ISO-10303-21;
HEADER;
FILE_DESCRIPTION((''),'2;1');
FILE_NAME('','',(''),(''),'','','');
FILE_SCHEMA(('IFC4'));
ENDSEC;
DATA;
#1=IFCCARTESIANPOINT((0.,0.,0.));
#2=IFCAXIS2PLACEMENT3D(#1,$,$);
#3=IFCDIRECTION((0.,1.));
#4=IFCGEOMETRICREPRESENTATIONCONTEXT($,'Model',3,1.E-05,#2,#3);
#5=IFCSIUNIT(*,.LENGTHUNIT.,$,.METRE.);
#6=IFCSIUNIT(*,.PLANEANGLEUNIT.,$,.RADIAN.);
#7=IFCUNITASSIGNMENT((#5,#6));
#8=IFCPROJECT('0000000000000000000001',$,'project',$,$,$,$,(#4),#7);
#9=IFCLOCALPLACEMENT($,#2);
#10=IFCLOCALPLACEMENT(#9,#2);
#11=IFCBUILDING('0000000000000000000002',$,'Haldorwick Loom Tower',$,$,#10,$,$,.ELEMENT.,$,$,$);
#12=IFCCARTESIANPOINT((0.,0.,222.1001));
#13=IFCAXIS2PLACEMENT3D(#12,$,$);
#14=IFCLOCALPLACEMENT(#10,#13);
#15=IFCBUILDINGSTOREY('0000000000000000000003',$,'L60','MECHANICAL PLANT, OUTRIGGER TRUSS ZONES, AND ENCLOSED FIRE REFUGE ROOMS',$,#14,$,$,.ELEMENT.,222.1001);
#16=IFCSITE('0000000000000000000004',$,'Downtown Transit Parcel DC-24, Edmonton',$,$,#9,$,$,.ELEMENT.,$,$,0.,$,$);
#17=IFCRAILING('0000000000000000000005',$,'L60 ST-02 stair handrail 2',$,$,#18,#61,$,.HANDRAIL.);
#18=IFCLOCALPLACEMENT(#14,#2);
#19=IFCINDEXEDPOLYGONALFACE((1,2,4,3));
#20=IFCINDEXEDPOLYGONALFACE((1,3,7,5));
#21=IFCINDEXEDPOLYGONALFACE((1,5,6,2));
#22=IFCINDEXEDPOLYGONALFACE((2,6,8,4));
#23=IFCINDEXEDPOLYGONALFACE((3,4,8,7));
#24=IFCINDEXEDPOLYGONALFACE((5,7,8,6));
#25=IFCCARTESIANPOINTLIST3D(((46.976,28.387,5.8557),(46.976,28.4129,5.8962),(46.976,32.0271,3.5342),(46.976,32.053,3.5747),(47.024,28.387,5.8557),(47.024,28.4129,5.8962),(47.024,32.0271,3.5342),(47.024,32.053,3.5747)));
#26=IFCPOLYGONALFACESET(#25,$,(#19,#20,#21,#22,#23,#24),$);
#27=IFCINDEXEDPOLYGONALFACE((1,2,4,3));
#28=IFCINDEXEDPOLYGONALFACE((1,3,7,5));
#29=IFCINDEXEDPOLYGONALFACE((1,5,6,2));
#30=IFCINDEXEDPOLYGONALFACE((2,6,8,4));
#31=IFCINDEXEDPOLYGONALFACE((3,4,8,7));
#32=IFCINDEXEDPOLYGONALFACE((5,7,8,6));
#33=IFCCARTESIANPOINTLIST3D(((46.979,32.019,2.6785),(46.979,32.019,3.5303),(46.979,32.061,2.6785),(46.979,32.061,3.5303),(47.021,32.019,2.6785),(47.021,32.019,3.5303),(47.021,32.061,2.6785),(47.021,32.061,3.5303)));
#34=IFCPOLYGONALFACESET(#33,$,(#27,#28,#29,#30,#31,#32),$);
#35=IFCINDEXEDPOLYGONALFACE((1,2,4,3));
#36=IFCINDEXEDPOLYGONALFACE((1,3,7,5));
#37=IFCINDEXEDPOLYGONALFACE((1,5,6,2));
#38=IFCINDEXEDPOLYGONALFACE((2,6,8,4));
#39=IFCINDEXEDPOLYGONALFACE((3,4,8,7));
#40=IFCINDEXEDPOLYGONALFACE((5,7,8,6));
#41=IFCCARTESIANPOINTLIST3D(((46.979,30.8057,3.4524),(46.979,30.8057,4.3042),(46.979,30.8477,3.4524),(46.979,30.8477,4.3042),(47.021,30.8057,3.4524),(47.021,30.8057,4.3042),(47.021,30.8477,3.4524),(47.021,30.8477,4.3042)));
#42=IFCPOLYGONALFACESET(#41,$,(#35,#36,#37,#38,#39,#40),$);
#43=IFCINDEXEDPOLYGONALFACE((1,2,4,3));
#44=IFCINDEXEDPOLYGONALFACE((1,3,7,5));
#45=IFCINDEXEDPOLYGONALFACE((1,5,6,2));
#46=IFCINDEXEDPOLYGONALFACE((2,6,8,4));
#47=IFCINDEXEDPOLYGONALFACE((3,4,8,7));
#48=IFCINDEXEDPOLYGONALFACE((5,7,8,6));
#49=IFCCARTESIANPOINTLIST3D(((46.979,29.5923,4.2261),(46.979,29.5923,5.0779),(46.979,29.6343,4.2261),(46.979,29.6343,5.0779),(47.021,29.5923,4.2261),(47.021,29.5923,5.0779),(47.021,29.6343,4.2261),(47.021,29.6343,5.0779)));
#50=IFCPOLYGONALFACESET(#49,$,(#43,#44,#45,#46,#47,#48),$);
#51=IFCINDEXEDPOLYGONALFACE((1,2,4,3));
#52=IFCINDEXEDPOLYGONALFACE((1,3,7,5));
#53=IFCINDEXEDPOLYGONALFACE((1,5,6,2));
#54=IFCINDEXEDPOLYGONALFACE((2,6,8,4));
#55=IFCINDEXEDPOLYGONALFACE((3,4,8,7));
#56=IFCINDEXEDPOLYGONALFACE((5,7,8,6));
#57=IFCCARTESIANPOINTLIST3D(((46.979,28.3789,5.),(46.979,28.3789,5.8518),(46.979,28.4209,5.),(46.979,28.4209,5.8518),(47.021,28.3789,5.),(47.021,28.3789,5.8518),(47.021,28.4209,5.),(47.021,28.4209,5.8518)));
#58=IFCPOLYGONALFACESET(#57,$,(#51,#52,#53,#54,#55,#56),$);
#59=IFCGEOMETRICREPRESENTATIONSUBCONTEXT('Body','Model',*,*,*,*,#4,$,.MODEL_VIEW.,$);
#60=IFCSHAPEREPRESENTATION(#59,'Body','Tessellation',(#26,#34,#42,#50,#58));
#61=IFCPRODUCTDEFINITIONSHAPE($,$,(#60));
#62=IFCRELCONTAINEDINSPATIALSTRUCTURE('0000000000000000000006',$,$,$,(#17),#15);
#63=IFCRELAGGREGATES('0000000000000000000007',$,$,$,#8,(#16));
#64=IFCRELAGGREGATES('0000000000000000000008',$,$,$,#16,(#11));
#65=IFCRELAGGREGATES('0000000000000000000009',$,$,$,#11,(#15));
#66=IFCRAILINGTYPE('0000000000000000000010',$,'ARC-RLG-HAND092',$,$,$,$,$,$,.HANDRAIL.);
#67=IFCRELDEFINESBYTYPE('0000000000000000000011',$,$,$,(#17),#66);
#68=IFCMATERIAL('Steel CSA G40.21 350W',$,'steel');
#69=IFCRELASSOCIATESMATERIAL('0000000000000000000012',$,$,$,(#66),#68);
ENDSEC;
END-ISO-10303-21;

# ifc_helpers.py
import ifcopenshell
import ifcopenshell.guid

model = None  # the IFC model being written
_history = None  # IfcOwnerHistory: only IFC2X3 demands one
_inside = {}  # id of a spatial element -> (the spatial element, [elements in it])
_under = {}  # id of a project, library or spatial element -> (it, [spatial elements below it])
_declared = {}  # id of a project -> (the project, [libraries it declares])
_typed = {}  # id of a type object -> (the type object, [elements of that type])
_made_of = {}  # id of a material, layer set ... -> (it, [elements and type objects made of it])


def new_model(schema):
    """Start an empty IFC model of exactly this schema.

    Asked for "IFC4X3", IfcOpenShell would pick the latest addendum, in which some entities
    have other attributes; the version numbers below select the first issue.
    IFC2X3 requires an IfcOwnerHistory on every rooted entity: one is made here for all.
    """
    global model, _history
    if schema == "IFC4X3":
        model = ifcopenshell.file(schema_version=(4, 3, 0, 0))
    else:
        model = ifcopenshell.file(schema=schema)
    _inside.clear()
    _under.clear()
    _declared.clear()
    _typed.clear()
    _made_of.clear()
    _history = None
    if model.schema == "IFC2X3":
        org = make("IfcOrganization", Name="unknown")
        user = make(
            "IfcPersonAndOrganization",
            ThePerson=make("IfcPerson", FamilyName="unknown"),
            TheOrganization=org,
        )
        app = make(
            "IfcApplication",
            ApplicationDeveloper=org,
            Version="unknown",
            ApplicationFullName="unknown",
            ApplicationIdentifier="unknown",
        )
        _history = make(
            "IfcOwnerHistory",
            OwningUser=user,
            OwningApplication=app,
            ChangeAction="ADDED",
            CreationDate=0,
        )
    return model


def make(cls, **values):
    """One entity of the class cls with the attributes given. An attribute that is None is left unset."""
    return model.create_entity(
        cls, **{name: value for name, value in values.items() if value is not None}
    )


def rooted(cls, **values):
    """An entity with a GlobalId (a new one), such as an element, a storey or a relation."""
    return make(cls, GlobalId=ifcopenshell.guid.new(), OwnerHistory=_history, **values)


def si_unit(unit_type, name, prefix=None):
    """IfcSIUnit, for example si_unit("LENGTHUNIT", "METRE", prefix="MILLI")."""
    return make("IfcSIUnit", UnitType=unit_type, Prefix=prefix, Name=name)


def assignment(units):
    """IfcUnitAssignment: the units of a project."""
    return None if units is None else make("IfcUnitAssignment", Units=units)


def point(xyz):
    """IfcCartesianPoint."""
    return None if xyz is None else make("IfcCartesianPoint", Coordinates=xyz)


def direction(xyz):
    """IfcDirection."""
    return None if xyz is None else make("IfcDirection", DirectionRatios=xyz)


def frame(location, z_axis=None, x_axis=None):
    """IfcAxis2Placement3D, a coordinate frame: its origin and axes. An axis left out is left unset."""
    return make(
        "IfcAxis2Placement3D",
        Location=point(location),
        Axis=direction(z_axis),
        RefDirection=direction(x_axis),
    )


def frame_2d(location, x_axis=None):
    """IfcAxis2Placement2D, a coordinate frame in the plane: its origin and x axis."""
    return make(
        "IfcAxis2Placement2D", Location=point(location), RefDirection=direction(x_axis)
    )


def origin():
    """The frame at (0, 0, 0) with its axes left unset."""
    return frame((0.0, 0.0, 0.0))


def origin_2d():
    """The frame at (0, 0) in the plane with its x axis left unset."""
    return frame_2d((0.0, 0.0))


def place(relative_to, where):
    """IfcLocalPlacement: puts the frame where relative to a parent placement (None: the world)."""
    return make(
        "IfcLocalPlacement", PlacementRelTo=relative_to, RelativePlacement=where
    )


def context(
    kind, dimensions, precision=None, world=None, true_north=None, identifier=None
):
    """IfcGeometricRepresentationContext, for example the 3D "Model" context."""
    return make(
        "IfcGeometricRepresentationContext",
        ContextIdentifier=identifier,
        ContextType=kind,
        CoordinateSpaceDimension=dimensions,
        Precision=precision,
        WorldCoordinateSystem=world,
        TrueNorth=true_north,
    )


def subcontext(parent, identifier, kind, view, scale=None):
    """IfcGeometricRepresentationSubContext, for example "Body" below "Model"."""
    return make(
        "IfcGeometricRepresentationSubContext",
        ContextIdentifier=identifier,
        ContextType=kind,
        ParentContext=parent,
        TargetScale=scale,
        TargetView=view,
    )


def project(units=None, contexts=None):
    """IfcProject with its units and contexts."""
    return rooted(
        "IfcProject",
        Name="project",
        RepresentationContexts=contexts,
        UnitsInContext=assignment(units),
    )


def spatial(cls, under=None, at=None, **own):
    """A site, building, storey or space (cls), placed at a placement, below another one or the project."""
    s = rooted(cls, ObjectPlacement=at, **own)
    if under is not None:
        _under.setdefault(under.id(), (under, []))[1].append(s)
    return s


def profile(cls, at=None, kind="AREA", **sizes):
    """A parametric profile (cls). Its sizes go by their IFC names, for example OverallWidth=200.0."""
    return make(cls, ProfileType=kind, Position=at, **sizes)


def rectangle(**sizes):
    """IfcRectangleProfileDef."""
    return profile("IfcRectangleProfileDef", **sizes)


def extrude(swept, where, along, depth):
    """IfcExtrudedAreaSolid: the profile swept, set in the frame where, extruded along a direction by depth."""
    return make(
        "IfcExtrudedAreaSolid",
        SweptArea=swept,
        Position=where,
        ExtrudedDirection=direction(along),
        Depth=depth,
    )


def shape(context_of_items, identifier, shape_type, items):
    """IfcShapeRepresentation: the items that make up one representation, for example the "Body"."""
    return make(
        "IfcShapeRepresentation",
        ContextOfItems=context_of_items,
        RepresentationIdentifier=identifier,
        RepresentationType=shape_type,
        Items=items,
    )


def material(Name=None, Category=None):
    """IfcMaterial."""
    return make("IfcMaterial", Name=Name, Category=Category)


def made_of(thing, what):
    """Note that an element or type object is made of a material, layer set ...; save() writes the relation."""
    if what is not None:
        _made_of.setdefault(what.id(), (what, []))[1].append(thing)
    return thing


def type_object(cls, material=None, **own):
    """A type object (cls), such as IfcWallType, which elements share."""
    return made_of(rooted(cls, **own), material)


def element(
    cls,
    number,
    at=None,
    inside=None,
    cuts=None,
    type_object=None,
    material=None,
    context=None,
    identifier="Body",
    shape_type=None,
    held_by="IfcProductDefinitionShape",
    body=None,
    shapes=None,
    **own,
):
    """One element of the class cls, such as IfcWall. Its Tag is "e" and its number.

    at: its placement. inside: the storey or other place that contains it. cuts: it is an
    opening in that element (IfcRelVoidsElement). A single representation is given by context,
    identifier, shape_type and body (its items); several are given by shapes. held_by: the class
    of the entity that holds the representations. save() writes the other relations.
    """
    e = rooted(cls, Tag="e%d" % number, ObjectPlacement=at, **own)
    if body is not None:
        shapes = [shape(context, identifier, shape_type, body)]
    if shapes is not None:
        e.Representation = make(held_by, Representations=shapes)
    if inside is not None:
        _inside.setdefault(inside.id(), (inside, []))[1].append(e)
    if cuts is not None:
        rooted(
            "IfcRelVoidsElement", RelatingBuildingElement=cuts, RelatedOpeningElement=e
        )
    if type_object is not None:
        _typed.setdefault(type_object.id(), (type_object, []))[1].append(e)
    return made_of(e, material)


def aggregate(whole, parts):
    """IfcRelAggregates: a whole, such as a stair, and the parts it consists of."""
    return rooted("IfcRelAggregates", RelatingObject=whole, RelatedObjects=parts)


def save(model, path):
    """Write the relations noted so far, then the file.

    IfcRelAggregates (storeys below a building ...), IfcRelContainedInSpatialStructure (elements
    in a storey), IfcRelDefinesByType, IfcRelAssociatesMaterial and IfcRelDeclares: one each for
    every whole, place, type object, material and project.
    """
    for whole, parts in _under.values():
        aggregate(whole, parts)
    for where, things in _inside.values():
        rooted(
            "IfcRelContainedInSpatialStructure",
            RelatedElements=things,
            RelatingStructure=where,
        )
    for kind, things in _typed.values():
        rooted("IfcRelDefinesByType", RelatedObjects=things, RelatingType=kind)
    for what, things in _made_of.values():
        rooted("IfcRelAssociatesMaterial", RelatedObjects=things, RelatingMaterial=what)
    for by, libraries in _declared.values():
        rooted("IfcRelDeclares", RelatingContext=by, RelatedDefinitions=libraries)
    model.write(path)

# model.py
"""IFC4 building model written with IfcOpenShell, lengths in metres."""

from ifc_helpers import new_model, si_unit, direction, frame, origin, origin_2d, place, context, subcontext, project, spatial, rectangle, extrude, material, type_object, element, save


model = new_model("IFC4")

# Units and contexts
model_context = context("Model", 3, precision=1e-05, world=origin(), true_north=direction((0.0, 1.0)))
body_context = subcontext(model_context, "Body", "Model", "MODEL_VIEW")
ifc_project = project(units=[si_unit("LENGTHUNIT", "METRE"), si_unit("PLANEANGLEUNIT", "RADIAN")], contexts=[model_context])

# Site, building, storey
site_placement = place(None, origin())
site = spatial("IfcSite", under=ifc_project, at=site_placement, Name="Downtown Transit Parcel DC-24, Edmonton", CompositionType="ELEMENT", RefElevation=0.0)
building_placement = place(site_placement, origin())
building = spatial("IfcBuilding", under=site, at=building_placement, Name="Haldorwick Loom Tower", CompositionType="ELEMENT")
storey_placement = place(building_placement, frame((0.0, 0.0, 222.1001)))
storey = spatial("IfcBuildingStorey", under=building, at=storey_placement, Name="L60", Description="MECHANICAL PLANT, OUTRIGGER TRUSS ZONES, AND ENCLOSED FIRE REFUGE ROOMS", CompositionType="ELEMENT", Elevation=222.1001)

# Shared definitions
ifc_material_1 = material(Name="Steel CSA G40.21 350W", Category="steel")

# Railing
railing_type_1 = type_object("IfcRailingType", Name="ARC-RLG-HAND092", PredefinedType="HANDRAIL", material=ifc_material_1)
railing_1_placement = place(storey_placement, frame((47.0, 32.04, 2.6785)))
element("IfcRailing", 1, at=railing_1_placement, inside=storey, type_object=railing_type_1, Name="L60 ST-02 stair handrail 2", PredefinedType="HANDRAIL", context=body_context, shape_type="SweptSolid", body=[
    extrude(rectangle(XDim=0.0481, YDim=0.0481, at=origin_2d()), frame((0.0, 0.0, 0.876), z_axis=(0.0, -0.843128, 0.537713), x_axis=(1.0, 0.0, 0.0)), (0.0, 0.0, 1.0), 4.3174),
    extrude(rectangle(XDim=0.042, YDim=0.042, at=origin_2d()), origin(), (0.0, 0.0, 1.0), 0.8518),
    extrude(rectangle(XDim=0.042, YDim=0.042, at=origin_2d()), frame((0.0, -1.2134, 0.7739)), (0.0, 0.0, 1.0), 0.8518),
    extrude(rectangle(XDim=0.042, YDim=0.042, at=origin_2d()), frame((0.0, -2.4268, 1.5476)), (0.0, 0.0, 1.0), 0.8518),
    extrude(rectangle(XDim=0.042, YDim=0.042, at=origin_2d()), frame((0.0, -3.6401, 2.3215)), (0.0, 0.0, 1.0), 0.8518),
])

save(model, "model.ifc")
